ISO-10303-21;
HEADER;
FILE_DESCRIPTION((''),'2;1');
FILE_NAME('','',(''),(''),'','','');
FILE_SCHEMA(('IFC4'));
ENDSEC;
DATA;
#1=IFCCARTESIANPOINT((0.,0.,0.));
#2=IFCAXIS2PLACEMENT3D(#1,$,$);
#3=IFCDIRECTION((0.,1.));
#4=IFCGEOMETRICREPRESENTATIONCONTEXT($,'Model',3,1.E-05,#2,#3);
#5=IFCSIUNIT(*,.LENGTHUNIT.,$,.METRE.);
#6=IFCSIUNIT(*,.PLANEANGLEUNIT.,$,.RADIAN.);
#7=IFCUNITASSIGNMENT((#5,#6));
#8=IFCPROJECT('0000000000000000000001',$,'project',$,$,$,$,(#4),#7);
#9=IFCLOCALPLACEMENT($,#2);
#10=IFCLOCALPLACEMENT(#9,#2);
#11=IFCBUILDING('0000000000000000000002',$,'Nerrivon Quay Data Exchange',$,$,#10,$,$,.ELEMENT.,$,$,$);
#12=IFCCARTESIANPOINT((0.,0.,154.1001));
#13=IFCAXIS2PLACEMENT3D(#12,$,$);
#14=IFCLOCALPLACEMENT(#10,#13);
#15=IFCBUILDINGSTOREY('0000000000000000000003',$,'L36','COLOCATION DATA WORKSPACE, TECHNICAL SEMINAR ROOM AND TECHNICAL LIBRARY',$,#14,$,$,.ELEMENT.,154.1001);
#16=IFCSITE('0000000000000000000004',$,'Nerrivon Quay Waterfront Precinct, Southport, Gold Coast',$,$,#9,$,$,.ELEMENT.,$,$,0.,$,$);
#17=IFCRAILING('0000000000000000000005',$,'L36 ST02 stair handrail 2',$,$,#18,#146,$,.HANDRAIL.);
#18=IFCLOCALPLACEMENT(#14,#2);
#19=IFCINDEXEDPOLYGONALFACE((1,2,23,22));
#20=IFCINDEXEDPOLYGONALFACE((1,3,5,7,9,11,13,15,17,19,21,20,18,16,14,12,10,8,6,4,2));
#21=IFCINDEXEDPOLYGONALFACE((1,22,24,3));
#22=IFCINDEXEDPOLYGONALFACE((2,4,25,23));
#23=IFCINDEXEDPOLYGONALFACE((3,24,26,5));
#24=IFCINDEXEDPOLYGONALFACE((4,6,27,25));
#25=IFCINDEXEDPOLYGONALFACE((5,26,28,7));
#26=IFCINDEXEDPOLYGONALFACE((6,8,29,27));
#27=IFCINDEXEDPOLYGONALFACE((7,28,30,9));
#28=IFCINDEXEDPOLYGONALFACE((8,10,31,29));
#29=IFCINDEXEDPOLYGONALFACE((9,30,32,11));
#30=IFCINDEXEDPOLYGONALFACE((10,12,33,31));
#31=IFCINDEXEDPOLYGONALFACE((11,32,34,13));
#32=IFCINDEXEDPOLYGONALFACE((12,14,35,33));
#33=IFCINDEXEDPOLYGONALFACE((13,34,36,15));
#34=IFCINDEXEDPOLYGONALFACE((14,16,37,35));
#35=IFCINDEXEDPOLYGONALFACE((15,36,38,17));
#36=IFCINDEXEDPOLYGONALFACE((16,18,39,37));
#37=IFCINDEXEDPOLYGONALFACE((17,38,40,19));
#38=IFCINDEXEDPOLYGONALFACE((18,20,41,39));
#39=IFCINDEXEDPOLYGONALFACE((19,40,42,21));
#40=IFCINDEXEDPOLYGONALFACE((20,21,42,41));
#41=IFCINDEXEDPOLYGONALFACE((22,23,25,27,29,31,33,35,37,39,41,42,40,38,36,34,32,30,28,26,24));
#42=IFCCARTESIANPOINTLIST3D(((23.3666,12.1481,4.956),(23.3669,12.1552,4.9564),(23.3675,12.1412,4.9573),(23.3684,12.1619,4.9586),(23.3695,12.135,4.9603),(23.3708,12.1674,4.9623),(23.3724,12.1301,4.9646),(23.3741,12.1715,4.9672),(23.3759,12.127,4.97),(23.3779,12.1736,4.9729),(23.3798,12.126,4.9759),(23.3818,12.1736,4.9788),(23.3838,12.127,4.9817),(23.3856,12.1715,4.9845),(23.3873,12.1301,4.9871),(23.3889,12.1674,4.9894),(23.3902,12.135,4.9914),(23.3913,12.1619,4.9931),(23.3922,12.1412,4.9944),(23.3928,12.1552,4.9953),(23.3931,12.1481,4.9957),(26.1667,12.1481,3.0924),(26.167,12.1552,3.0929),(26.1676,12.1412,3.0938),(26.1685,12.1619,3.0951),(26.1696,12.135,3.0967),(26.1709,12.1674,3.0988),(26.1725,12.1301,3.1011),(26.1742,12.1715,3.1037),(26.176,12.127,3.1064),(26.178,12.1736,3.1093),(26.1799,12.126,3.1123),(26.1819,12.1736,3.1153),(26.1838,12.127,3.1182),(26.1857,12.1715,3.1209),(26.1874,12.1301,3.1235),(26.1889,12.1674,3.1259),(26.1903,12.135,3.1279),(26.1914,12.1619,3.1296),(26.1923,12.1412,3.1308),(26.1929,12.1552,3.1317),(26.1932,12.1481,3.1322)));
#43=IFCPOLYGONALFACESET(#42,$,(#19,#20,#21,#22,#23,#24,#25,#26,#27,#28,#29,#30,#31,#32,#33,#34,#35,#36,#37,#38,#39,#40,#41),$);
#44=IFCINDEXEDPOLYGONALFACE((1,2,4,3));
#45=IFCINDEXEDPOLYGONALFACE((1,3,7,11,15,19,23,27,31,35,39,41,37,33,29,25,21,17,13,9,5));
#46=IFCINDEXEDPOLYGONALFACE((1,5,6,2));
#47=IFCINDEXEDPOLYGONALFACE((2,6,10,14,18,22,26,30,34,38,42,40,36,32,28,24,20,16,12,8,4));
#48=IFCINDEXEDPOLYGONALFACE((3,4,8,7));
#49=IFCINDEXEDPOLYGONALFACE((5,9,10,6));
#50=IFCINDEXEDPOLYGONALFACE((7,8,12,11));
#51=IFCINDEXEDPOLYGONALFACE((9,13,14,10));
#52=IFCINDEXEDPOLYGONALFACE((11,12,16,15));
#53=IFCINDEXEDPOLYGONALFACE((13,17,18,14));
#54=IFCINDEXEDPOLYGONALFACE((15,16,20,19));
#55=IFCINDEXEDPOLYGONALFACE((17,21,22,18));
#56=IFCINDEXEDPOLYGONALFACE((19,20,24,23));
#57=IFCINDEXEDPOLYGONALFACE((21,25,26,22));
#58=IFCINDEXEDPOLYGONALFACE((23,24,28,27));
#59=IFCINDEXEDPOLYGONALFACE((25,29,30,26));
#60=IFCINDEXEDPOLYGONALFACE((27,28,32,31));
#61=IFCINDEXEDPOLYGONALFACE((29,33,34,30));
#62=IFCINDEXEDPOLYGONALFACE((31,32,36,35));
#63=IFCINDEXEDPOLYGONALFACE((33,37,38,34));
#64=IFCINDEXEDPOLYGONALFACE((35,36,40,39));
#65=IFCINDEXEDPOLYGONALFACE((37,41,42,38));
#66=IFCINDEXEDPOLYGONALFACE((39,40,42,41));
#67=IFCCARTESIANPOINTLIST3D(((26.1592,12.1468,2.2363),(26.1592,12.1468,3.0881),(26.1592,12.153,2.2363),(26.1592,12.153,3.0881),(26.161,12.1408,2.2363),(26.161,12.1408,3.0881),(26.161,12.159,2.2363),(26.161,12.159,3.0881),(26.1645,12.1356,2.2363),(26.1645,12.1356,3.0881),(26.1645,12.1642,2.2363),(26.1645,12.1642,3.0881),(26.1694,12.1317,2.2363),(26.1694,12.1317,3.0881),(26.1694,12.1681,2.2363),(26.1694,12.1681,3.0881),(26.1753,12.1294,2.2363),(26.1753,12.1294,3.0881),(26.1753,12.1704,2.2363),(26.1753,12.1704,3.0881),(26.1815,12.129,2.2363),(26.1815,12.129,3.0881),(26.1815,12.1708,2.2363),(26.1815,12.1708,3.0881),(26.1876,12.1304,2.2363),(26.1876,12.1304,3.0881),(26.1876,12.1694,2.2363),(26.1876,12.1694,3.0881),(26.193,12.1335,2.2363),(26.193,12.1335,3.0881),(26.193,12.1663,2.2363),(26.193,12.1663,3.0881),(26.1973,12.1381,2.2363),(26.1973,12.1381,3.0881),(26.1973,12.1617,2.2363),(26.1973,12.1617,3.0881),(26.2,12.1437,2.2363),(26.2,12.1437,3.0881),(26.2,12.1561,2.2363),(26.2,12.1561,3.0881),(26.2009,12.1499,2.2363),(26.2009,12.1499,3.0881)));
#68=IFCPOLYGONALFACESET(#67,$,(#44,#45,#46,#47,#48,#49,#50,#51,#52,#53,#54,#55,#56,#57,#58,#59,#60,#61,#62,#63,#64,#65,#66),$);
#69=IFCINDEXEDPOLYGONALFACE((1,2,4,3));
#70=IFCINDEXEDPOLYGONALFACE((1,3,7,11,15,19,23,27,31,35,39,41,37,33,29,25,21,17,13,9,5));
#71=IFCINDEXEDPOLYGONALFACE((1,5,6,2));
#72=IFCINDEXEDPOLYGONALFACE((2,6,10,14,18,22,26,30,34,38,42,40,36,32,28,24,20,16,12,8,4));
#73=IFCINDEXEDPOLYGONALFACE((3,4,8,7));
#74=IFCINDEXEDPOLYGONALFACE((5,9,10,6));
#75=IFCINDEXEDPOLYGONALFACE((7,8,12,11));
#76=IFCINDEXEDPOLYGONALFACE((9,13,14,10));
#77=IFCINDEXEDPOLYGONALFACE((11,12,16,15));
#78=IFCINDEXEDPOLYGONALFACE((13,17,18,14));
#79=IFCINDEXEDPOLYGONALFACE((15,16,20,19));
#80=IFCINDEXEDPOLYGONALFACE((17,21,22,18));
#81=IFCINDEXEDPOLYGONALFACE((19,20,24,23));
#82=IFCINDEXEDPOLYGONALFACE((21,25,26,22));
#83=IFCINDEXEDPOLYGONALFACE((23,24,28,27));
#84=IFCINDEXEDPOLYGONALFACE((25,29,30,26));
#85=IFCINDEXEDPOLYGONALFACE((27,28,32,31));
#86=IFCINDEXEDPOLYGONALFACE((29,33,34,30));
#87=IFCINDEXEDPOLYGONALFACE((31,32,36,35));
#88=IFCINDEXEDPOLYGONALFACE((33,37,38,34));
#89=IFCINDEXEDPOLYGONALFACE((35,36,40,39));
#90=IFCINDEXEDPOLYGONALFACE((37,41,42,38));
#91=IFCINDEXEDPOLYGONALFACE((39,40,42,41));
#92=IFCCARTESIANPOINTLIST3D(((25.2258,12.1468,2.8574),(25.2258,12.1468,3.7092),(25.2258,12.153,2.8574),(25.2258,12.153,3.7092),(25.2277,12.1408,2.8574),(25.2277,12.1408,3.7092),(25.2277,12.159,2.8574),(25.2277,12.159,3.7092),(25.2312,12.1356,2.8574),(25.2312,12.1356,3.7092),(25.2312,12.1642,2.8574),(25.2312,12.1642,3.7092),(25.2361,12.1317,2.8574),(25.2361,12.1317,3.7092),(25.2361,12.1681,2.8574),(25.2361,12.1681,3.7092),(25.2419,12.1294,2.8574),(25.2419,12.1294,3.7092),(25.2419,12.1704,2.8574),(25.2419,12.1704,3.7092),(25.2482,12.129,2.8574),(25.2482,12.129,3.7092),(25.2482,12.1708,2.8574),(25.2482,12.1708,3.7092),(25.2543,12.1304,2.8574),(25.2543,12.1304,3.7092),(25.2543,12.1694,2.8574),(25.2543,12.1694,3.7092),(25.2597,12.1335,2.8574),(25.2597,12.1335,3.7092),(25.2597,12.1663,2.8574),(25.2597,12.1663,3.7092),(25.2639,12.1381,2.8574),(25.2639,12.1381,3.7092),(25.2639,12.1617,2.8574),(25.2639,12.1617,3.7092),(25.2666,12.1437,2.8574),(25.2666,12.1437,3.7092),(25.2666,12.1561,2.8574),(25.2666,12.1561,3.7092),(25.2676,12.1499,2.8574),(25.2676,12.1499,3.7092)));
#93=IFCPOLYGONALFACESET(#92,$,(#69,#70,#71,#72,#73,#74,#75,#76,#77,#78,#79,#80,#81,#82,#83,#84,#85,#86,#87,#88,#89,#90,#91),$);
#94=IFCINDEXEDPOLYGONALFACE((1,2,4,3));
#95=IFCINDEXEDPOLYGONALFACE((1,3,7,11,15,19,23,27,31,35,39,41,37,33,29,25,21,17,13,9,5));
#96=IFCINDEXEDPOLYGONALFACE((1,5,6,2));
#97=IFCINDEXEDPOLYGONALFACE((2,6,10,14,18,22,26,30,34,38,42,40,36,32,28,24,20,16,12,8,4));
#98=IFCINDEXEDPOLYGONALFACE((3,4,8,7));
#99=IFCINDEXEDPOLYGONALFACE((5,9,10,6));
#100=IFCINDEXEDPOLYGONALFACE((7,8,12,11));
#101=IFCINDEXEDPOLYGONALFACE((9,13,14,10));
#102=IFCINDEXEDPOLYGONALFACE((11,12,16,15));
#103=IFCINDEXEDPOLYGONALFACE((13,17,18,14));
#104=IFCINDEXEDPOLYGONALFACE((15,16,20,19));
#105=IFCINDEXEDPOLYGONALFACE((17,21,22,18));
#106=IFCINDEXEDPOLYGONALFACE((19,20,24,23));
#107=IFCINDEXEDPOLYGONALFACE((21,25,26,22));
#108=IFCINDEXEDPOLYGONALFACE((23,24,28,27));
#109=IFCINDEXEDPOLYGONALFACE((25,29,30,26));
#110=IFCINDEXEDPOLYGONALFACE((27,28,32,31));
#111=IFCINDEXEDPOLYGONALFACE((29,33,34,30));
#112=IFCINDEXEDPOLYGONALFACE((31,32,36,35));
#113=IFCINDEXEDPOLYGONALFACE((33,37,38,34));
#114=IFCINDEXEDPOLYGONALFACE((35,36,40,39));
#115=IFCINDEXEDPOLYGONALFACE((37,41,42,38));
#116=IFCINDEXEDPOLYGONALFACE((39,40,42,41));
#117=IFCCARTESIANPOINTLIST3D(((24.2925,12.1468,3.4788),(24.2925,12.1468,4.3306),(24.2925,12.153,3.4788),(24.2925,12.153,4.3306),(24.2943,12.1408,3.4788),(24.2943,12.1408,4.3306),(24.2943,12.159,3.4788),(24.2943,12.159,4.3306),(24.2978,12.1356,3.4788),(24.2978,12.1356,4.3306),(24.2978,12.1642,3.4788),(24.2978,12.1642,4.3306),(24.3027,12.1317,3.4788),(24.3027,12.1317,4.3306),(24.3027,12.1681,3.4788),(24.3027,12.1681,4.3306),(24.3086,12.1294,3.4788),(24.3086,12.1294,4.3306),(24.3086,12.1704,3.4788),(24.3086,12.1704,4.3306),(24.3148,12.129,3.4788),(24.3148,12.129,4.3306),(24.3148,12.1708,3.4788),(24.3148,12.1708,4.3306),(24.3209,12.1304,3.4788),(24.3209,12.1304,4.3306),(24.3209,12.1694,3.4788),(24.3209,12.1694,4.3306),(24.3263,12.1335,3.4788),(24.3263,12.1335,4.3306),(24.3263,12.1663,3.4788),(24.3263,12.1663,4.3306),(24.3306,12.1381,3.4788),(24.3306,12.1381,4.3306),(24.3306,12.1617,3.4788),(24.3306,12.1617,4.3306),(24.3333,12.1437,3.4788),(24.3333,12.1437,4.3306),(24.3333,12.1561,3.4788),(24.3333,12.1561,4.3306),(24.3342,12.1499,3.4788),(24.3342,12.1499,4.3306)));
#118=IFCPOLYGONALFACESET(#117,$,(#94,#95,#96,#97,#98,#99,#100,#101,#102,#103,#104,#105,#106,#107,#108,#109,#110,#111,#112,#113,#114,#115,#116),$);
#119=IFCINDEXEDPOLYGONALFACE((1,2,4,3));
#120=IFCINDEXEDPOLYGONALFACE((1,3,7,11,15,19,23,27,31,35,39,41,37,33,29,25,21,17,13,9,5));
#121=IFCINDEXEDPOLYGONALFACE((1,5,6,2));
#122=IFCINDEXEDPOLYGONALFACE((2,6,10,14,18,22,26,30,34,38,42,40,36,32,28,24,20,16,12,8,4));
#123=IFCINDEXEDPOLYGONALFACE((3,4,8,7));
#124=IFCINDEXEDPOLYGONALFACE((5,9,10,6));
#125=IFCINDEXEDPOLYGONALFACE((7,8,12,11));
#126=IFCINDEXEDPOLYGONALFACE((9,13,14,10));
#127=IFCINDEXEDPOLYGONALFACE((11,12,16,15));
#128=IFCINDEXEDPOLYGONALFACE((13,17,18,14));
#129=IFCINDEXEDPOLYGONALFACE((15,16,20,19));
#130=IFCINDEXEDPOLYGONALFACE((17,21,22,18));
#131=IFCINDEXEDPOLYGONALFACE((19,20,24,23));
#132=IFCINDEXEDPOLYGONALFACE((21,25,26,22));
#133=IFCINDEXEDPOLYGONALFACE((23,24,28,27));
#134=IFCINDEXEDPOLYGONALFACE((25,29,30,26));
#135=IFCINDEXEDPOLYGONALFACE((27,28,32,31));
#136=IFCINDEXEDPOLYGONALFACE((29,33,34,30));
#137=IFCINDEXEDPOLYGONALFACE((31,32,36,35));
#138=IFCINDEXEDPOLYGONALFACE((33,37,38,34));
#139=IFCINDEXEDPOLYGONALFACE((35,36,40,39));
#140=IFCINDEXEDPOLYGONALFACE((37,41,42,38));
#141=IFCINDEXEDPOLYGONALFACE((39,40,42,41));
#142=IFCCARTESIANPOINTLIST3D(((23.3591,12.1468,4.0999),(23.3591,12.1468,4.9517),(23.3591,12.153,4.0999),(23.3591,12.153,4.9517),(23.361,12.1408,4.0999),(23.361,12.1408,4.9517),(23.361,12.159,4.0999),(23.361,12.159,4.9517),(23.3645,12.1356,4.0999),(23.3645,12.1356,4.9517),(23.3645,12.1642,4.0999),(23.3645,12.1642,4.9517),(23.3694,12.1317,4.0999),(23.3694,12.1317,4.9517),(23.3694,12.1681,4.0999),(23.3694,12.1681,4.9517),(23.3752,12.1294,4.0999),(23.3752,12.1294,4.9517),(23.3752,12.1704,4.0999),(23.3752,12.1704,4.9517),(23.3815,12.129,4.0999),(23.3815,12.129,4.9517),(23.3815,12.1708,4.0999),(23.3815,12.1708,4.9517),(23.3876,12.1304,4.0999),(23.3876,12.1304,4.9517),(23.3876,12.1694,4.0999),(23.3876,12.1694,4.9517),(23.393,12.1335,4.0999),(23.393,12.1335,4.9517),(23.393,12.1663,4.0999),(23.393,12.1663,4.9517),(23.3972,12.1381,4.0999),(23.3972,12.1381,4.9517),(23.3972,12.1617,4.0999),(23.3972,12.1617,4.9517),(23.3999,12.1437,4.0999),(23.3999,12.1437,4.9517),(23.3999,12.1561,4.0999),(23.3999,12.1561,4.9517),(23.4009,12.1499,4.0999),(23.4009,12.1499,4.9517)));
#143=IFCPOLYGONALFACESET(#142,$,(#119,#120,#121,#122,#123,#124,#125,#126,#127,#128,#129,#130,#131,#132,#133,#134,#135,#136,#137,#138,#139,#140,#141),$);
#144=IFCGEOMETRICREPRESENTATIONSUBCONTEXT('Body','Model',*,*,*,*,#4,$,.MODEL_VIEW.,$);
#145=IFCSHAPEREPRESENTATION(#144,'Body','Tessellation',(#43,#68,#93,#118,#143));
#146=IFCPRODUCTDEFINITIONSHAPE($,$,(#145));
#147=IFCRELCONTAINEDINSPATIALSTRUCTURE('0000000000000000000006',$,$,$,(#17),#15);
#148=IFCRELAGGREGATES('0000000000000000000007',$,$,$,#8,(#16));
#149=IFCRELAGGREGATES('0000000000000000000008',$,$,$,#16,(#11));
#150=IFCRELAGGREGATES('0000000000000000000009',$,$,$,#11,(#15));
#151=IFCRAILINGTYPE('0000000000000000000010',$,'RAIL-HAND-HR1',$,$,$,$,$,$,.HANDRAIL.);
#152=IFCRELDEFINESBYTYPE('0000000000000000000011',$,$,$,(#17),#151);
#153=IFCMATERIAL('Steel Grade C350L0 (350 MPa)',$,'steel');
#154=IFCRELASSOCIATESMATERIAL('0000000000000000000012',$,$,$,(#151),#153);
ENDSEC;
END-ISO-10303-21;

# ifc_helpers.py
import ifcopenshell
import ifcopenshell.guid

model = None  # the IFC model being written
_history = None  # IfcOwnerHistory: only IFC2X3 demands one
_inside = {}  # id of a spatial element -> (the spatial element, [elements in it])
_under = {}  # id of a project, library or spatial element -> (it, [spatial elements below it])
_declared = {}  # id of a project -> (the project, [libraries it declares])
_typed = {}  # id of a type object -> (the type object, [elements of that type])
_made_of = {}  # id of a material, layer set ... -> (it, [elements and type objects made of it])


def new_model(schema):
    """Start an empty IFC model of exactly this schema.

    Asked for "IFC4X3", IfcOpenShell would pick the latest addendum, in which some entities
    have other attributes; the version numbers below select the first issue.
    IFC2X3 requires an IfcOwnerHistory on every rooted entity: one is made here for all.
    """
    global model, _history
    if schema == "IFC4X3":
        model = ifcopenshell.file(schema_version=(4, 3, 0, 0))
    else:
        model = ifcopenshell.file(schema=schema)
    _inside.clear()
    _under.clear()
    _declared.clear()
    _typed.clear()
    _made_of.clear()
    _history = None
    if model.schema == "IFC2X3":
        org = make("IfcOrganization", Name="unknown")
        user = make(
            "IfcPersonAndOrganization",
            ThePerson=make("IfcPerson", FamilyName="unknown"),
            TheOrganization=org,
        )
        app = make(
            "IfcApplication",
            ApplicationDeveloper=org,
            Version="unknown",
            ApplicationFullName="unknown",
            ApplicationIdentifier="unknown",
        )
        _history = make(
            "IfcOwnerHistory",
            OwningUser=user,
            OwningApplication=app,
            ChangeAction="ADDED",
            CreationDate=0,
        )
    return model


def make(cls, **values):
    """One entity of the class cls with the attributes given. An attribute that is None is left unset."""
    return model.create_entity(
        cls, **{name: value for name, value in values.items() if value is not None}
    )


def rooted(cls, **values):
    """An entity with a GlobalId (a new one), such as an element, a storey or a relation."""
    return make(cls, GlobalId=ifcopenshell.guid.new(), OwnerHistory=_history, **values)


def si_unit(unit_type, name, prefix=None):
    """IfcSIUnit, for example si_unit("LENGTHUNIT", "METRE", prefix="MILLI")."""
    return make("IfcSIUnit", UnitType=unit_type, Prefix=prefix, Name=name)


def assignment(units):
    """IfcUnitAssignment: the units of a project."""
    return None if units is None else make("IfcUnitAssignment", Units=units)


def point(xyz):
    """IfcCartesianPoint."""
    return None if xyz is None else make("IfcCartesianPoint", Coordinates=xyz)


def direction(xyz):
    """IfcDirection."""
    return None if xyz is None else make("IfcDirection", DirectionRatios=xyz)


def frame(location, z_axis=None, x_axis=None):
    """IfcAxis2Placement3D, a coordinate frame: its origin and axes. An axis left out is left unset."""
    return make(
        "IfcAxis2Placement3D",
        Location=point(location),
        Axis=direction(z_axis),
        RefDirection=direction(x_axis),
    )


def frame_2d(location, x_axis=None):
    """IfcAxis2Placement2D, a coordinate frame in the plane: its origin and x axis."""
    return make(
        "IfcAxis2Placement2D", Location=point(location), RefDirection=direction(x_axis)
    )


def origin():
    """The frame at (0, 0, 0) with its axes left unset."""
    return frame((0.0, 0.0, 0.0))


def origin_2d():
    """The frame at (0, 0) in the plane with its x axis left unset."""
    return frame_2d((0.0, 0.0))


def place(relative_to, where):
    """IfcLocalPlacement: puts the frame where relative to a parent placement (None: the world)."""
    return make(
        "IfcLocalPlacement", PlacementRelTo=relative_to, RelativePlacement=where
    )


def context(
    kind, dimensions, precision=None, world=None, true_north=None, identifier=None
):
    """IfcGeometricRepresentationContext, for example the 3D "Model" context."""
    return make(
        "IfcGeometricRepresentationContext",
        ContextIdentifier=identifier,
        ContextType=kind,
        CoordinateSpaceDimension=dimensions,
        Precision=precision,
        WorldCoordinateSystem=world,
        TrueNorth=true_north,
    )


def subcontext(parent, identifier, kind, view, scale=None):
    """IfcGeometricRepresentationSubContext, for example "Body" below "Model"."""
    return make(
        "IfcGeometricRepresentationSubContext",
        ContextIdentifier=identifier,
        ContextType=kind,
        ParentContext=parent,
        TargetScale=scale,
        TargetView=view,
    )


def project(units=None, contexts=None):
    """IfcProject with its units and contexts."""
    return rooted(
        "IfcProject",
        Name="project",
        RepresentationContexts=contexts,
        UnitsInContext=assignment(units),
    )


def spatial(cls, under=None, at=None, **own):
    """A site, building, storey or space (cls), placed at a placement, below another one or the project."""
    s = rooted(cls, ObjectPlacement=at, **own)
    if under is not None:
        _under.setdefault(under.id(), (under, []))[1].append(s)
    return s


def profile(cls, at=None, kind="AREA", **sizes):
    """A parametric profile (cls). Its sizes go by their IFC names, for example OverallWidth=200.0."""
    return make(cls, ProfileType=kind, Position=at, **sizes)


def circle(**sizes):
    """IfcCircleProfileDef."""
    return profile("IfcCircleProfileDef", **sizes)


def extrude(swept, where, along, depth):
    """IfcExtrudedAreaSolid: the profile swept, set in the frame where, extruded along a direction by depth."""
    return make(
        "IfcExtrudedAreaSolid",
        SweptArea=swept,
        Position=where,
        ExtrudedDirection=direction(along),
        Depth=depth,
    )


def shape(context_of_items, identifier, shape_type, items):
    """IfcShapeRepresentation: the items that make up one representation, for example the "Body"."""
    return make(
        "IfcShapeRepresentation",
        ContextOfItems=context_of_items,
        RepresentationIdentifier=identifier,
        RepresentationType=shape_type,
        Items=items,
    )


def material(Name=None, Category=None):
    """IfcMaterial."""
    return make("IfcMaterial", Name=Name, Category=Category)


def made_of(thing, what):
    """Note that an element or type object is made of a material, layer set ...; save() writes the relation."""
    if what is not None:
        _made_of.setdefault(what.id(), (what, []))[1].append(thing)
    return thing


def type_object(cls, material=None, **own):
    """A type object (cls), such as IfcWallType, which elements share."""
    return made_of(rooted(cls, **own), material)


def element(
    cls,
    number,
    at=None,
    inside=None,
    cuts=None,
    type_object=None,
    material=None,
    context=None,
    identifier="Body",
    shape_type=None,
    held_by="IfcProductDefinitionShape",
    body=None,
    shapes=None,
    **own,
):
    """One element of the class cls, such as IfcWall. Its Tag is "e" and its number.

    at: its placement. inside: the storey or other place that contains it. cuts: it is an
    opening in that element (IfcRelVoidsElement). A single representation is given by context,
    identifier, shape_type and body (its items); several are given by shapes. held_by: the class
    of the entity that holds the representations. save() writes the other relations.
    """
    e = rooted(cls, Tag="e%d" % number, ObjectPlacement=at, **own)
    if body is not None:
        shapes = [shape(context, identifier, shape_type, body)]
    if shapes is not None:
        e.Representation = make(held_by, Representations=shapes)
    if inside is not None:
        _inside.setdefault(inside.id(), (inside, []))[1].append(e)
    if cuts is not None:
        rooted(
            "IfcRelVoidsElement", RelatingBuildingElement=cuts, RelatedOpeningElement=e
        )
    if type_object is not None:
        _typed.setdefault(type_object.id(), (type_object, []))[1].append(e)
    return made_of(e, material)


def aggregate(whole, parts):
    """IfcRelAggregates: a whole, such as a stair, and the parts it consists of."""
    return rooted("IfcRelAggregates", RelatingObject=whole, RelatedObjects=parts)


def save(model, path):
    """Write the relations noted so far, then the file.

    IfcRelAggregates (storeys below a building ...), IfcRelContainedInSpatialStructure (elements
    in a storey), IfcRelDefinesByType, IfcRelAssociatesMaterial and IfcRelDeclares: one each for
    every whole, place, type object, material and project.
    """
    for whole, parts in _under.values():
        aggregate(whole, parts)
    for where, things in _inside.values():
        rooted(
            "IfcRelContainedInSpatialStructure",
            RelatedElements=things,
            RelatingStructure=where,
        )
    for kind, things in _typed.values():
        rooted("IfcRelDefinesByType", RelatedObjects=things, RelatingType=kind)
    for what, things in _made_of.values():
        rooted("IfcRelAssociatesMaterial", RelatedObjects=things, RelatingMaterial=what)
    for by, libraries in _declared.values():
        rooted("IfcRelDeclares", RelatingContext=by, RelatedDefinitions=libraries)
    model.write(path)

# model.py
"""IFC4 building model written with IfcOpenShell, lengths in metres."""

from ifc_helpers import new_model, si_unit, direction, frame, origin, origin_2d, place, context, subcontext, project, spatial, circle, extrude, material, type_object, element, save


model = new_model("IFC4")

# Units and contexts
model_context = context("Model", 3, precision=1e-05, world=origin(), true_north=direction((0.0, 1.0)))
body_context = subcontext(model_context, "Body", "Model", "MODEL_VIEW")
ifc_project = project(units=[si_unit("LENGTHUNIT", "METRE"), si_unit("PLANEANGLEUNIT", "RADIAN")], contexts=[model_context])

# Site, building, storey
site_placement = place(None, origin())
site = spatial("IfcSite", under=ifc_project, at=site_placement, Name="Nerrivon Quay Waterfront Precinct, Southport, Gold Coast", CompositionType="ELEMENT", RefElevation=0.0)
building_placement = place(site_placement, origin())
building = spatial("IfcBuilding", under=site, at=building_placement, Name="Nerrivon Quay Data Exchange", CompositionType="ELEMENT")
storey_placement = place(building_placement, frame((0.0, 0.0, 154.1001)))
storey = spatial("IfcBuildingStorey", under=building, at=storey_placement, Name="L36", Description="COLOCATION DATA WORKSPACE, TECHNICAL SEMINAR ROOM AND TECHNICAL LIBRARY", CompositionType="ELEMENT", Elevation=154.1001)

# Railing
ifc_material_1 = material(Name="Steel Grade C350L0 (350 MPa)", Category="steel")
railing_type_1 = type_object("IfcRailingType", Name="RAIL-HAND-HR1", PredefinedType="HANDRAIL", material=ifc_material_1)
railing_1_placement = place(storey_placement, frame((26.1799, 12.1499, 2.2363)))
element("IfcRailing", 1, at=railing_1_placement, inside=storey, type_object=railing_type_1, Name="L36 ST02 stair handrail 2", PredefinedType="HANDRAIL", context=body_context, shape_type="SweptSolid", body=[
    extrude(circle(Radius=0.0239, at=origin_2d()), frame((0.0, 0.0, 0.876), z_axis=(-0.832486, 0.0, 0.554047), x_axis=(0.0, -1.0, 0.0)), (0.0, 0.0, 1.0), 3.3635),
    extrude(circle(Radius=0.021, at=origin_2d()), origin(), (0.0, 0.0, 1.0), 0.8518),
    extrude(circle(Radius=0.021, at=origin_2d()), frame((-0.9333, 0.0, 0.6211)), (0.0, 0.0, 1.0), 0.8518),
    extrude(circle(Radius=0.021, at=origin_2d()), frame((-1.8667, 0.0, 1.2424)), (0.0, 0.0, 1.0), 0.8518),
    extrude(circle(Radius=0.021, at=origin_2d()), frame((-2.8, 0.0, 1.8635)), (0.0, 0.0, 1.0), 0.8518),
])

save(model, "model.ifc")
